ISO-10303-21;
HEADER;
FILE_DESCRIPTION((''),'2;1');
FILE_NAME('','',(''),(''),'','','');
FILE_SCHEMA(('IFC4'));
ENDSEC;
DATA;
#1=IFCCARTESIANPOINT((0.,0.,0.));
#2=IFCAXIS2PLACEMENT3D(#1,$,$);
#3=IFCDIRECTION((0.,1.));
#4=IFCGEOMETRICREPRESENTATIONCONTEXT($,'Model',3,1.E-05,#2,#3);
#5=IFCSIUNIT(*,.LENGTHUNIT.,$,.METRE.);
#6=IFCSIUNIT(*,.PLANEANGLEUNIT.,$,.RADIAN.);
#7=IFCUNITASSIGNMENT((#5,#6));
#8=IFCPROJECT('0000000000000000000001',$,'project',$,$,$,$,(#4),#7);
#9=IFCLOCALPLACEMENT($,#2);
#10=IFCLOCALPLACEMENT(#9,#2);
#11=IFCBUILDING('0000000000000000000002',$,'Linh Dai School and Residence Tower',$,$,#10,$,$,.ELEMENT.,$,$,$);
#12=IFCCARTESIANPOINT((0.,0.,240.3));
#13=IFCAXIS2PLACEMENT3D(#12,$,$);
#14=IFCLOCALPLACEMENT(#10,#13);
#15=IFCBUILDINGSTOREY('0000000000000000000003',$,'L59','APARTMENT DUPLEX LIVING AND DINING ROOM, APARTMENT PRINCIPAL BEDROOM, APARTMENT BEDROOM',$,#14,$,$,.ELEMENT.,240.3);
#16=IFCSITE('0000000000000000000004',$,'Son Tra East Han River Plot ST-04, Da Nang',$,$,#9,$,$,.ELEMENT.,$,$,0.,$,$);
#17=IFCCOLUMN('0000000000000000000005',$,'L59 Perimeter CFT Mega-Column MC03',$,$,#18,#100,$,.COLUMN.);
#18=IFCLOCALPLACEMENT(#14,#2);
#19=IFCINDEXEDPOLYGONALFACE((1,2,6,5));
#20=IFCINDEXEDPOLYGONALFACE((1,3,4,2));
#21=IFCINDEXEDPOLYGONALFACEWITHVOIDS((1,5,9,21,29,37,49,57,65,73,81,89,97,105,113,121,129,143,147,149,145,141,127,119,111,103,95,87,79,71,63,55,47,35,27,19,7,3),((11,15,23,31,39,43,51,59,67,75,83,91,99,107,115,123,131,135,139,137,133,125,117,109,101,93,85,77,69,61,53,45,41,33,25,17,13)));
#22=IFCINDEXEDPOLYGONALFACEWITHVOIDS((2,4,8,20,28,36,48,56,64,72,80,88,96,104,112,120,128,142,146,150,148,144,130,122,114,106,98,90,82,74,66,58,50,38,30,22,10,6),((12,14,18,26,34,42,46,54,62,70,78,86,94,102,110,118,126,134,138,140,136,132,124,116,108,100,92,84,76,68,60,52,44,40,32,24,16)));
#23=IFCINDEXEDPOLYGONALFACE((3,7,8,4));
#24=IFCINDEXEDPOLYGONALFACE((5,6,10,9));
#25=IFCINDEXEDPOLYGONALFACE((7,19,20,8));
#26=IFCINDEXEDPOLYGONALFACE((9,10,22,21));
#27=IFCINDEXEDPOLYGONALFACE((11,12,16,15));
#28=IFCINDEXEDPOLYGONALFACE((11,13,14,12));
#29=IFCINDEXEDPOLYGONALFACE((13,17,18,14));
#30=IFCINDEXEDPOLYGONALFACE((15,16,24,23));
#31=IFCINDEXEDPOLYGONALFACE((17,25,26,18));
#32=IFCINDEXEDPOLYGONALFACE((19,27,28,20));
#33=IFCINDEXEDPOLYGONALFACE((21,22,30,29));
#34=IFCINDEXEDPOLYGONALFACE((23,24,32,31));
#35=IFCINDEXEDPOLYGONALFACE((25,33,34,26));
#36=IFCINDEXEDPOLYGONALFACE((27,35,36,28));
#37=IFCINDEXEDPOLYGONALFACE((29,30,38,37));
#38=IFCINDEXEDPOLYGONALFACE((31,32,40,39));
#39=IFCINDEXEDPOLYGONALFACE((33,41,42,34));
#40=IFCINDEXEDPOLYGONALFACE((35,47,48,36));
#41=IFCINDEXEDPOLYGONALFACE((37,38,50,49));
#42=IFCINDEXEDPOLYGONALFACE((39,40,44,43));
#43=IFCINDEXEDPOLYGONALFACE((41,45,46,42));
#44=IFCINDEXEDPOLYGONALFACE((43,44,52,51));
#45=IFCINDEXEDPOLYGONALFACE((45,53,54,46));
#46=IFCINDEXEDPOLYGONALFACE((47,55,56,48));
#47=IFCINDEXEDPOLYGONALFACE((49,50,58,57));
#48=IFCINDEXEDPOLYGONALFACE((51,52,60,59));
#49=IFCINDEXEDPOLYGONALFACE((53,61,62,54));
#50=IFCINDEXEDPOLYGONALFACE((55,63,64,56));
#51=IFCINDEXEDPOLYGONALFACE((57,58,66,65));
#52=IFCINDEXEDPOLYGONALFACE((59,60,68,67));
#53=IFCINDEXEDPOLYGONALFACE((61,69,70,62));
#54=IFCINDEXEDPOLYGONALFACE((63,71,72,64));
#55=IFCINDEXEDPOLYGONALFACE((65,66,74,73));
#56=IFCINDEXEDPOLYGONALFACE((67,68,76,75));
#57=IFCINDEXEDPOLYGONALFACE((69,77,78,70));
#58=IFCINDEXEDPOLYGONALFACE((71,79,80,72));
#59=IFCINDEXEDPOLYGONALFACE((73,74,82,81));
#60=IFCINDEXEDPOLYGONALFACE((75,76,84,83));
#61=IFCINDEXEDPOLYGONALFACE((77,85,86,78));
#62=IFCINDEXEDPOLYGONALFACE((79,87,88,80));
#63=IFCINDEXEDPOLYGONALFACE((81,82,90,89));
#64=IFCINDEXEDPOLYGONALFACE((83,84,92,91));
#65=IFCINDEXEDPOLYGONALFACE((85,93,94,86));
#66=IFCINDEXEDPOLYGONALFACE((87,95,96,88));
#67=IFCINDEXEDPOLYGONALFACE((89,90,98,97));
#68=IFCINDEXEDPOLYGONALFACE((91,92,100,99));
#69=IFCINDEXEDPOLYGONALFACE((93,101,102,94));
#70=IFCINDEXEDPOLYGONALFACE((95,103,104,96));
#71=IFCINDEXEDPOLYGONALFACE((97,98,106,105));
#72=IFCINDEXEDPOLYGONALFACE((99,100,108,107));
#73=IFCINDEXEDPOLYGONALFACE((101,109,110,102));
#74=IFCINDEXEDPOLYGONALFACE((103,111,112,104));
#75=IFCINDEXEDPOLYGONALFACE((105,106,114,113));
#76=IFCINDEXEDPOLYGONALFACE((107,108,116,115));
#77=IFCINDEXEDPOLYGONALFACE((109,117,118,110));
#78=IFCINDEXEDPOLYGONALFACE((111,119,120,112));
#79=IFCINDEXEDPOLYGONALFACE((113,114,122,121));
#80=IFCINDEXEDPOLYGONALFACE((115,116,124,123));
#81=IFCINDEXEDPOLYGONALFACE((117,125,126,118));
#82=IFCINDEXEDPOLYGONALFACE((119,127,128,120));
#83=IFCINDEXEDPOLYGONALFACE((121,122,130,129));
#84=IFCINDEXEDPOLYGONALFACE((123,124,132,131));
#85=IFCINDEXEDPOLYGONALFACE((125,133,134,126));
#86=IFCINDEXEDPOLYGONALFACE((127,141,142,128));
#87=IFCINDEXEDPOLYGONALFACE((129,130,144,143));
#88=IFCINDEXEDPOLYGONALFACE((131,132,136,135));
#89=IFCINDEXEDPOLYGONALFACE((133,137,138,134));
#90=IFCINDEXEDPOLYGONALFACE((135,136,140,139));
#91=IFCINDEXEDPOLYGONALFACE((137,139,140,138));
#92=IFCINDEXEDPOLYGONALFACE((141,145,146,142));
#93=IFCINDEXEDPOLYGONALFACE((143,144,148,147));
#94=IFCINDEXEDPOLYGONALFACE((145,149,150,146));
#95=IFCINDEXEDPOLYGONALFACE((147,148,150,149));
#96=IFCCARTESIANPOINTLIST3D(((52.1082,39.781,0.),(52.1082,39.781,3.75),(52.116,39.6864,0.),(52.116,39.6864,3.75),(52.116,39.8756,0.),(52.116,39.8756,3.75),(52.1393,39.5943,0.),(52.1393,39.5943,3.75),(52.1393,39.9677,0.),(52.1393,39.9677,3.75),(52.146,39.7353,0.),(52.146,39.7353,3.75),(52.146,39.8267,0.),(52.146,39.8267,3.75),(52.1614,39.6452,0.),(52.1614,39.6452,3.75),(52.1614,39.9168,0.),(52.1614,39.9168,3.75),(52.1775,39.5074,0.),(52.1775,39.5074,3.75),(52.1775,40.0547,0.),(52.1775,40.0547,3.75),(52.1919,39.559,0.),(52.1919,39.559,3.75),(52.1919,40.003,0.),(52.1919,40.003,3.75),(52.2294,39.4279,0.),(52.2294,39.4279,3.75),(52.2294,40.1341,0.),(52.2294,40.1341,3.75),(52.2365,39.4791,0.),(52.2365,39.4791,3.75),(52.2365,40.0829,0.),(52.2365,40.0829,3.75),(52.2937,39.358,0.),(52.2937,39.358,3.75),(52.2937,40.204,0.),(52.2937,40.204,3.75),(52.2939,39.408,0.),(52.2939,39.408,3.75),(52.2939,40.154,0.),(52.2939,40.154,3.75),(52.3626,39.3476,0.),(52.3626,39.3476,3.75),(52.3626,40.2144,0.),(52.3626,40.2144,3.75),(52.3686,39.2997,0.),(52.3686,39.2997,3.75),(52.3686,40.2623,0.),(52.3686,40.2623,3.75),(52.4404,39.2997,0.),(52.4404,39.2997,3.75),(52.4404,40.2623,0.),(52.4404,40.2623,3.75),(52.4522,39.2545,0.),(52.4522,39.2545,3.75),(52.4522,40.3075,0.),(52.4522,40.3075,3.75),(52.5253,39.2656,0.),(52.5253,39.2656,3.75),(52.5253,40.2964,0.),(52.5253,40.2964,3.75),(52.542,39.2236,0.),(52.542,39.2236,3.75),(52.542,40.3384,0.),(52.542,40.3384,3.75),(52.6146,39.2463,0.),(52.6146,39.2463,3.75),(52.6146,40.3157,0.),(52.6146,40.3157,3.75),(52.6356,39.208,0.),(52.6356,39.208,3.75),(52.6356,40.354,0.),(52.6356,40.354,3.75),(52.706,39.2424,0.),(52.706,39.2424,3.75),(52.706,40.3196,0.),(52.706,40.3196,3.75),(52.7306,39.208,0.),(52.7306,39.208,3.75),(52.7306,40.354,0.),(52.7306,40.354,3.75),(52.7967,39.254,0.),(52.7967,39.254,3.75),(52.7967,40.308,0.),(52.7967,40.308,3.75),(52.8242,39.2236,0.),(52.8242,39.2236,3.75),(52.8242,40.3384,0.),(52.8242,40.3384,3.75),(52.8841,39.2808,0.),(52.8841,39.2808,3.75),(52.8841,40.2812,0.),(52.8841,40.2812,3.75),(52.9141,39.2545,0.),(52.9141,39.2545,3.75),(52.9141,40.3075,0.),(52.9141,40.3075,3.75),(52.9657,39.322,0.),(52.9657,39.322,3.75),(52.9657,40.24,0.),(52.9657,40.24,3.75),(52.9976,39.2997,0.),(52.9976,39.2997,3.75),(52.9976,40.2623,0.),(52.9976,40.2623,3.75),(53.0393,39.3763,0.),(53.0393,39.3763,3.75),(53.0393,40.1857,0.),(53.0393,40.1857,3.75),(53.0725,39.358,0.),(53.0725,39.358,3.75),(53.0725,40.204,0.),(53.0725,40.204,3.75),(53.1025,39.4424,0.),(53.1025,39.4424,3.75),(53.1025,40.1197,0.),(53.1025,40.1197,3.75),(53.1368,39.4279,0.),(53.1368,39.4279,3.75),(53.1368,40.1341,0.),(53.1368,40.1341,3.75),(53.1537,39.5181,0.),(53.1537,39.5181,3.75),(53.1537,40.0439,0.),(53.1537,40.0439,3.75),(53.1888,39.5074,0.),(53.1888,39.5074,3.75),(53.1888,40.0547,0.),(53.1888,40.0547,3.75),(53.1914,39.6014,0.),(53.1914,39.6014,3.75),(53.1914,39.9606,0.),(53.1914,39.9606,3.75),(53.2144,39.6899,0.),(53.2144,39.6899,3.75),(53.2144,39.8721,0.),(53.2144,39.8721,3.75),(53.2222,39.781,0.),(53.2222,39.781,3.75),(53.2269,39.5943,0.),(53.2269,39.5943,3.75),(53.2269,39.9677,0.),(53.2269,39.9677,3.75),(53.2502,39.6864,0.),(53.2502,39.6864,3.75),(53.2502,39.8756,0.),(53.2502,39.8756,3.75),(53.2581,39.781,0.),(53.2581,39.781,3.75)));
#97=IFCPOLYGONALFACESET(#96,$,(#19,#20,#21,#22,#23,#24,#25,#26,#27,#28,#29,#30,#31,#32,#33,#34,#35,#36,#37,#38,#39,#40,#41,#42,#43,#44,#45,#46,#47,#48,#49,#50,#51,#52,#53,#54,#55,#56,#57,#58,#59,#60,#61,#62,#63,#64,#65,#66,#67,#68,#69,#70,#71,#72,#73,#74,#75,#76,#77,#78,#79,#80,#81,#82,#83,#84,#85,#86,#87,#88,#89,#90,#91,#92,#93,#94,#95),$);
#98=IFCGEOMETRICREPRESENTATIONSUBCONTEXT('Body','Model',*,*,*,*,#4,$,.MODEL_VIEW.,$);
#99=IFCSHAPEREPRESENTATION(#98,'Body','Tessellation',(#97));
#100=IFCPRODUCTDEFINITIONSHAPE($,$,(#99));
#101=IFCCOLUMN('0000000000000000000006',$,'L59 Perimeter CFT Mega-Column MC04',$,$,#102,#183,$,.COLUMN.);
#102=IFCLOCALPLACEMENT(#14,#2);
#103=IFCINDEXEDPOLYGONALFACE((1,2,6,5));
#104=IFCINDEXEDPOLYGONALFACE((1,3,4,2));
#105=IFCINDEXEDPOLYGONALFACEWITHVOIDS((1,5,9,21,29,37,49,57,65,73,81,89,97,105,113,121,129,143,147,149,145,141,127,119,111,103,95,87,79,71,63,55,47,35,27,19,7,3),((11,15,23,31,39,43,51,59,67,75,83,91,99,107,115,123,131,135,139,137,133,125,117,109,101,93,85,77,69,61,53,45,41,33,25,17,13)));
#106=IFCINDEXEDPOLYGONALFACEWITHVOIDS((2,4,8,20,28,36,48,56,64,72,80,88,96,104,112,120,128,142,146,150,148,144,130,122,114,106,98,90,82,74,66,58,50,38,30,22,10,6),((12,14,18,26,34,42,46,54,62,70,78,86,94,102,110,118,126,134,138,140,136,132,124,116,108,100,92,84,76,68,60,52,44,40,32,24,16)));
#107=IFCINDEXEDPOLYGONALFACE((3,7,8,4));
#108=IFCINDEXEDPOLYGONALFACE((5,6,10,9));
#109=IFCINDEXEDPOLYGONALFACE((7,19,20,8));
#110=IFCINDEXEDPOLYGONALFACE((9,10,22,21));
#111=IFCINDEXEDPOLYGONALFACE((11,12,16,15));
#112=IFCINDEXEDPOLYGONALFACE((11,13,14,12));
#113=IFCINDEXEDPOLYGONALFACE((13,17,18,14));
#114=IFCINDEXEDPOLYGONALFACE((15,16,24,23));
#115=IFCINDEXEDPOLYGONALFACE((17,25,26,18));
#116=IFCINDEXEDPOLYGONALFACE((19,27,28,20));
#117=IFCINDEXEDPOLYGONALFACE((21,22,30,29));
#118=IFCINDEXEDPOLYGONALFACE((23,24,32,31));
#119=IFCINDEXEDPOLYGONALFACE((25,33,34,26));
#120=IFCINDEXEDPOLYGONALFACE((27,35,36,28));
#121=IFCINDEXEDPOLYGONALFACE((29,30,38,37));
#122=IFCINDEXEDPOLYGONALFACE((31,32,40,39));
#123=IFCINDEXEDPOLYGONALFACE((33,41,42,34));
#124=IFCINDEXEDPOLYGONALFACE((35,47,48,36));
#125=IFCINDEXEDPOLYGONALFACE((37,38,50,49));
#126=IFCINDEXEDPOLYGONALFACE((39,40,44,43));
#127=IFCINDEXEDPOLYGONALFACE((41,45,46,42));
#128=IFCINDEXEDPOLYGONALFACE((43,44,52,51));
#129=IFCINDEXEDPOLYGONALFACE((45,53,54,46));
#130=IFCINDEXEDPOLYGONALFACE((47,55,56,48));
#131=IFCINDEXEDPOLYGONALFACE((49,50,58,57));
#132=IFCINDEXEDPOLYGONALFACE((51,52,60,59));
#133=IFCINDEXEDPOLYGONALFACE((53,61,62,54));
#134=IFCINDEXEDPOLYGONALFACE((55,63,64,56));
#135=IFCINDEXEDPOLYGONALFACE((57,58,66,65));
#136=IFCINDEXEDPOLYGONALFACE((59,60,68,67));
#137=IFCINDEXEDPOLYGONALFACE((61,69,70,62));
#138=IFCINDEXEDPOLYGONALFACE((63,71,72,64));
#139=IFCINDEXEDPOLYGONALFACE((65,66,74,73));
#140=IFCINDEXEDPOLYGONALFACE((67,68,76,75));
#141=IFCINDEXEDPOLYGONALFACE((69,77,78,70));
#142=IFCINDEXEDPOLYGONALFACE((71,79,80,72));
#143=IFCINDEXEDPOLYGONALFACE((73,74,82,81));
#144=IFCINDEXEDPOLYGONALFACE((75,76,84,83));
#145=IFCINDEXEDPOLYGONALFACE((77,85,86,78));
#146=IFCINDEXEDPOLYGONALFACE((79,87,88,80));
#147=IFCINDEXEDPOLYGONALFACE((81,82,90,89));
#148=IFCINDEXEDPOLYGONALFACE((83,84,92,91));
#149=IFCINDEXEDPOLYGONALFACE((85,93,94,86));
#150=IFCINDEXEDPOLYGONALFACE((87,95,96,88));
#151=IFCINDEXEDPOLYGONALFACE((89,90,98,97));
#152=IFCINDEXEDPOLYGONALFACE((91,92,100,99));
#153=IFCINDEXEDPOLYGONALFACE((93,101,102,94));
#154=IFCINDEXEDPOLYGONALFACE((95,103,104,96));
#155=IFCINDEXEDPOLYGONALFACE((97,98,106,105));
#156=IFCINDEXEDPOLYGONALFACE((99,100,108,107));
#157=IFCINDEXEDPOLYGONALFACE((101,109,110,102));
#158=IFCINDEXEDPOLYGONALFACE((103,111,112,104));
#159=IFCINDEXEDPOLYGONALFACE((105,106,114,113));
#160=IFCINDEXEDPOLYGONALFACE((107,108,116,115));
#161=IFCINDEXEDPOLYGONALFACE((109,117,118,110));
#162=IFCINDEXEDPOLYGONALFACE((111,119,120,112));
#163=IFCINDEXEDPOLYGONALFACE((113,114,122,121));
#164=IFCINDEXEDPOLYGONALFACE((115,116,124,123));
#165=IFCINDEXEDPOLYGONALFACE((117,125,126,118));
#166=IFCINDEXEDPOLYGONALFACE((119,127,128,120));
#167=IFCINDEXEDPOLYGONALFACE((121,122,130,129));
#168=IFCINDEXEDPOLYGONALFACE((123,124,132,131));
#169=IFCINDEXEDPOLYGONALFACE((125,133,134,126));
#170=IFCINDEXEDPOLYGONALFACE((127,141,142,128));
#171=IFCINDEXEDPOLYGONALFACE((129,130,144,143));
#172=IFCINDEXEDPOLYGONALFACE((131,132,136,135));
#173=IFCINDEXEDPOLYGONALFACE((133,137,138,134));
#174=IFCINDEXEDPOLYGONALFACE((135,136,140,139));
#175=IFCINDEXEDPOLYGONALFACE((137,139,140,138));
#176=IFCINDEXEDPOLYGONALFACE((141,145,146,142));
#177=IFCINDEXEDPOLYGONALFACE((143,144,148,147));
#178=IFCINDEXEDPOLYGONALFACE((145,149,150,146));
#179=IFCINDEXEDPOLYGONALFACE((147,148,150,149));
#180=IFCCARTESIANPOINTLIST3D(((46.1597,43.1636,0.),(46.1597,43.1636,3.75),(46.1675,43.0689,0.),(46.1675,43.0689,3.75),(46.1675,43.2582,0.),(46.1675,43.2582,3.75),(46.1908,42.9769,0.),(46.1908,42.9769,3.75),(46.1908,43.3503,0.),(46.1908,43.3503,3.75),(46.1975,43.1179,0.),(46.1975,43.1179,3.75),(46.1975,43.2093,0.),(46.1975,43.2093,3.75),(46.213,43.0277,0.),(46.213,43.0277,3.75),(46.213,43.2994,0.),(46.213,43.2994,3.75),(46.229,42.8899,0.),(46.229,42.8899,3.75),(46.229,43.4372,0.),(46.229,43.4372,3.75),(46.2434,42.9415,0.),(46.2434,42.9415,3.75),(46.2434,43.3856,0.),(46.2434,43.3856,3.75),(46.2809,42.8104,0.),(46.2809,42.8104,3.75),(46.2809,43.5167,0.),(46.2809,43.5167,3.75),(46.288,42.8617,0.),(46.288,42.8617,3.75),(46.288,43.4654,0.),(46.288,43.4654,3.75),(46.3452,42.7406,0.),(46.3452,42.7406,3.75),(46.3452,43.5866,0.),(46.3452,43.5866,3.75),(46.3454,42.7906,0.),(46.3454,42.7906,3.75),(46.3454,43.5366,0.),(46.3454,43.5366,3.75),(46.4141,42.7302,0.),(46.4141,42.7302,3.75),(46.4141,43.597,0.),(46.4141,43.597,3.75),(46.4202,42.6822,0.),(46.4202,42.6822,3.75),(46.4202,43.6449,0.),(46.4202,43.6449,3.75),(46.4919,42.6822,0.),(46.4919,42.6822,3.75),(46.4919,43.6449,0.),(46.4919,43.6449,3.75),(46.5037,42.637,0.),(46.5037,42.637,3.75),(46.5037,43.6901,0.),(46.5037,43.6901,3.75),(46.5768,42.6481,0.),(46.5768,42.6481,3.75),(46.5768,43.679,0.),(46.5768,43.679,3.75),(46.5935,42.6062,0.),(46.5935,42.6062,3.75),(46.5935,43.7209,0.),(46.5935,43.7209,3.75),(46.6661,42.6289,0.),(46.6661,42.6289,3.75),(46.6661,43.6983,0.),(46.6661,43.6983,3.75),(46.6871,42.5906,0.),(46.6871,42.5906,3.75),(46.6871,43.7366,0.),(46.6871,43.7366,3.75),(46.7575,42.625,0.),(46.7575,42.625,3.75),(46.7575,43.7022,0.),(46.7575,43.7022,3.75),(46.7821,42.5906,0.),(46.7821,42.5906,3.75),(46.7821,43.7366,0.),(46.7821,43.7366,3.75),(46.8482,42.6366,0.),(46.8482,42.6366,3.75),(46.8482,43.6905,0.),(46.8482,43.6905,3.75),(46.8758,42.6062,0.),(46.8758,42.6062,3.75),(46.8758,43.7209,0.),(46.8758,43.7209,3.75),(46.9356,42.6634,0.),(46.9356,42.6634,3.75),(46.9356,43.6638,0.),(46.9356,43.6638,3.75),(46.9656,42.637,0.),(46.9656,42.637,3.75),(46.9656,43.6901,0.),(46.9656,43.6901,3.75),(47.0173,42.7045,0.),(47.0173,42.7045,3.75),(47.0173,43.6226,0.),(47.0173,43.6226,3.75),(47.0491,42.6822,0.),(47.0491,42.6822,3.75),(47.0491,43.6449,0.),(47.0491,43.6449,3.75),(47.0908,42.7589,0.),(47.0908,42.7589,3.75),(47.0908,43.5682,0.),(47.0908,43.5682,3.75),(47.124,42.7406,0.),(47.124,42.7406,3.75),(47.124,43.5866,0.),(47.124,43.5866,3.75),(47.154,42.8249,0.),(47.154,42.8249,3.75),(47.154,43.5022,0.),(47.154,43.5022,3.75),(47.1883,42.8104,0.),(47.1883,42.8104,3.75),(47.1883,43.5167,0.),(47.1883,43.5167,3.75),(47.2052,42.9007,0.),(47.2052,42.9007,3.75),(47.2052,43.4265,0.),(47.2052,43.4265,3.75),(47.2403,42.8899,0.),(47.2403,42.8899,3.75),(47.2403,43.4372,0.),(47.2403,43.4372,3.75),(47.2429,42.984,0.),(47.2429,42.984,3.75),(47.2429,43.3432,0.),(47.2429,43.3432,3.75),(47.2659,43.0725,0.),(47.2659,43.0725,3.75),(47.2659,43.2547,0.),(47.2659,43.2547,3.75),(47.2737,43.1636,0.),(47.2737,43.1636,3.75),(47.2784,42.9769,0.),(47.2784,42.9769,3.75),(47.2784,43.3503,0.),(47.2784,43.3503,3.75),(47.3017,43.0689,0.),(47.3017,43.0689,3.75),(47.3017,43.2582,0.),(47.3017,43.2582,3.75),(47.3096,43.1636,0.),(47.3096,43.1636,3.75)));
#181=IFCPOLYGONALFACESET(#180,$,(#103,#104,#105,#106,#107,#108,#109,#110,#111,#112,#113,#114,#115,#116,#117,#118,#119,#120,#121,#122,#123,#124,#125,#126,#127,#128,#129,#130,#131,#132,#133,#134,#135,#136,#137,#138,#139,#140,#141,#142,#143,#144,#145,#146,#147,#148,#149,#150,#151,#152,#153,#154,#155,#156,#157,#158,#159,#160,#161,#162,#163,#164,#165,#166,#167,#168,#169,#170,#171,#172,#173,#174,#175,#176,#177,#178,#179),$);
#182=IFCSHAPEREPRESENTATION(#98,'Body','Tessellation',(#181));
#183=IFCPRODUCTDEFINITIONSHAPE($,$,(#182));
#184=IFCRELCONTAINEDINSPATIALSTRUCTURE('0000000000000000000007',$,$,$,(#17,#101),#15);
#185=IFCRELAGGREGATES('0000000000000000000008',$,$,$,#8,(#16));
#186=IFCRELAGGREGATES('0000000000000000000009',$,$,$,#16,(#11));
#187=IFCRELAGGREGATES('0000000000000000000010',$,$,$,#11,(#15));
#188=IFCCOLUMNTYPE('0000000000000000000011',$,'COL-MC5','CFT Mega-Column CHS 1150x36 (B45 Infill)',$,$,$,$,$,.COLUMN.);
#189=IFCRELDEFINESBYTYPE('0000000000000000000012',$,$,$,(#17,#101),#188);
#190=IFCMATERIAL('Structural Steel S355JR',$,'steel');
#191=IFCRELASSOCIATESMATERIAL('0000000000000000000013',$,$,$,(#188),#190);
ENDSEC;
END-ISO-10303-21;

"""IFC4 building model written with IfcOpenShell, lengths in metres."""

from ifc_helpers import new_model, si_unit, direction, frame, origin, origin_2d, place, context, subcontext, project, spatial, hollow_circle, extrude, material, material_profile, profile_set, type_object, element, save


model = new_model("IFC4")

# Units and contexts
model_context = context("Model", 3, precision=1e-05, world=origin(), true_north=direction((0.0, 1.0)))
body_context = subcontext(model_context, "Body", "Model", "MODEL_VIEW")
ifc_project = project(units=[si_unit("LENGTHUNIT", "METRE"), si_unit("PLANEANGLEUNIT", "RADIAN")], contexts=[model_context])

# Site, building, storey
site_placement = place(None, origin())
site = spatial("IfcSite", under=ifc_project, at=site_placement, Name="Son Tra East Han River Plot ST-04, Da Nang", CompositionType="ELEMENT", RefElevation=0.0)
building_placement = place(site_placement, origin())
building = spatial("IfcBuilding", under=site, at=building_placement, Name="Linh Dai School and Residence Tower", CompositionType="ELEMENT")
storey_placement = place(building_placement, frame((0.0, 0.0, 240.3)))
storey = spatial("IfcBuildingStorey", under=building, at=storey_placement, Name="L59", Description="APARTMENT DUPLEX LIVING AND DINING ROOM, APARTMENT PRINCIPAL BEDROOM, APARTMENT BEDROOM", CompositionType="ELEMENT", Elevation=240.3)

# Columns
ifc_material_1 = material(Name="Structural Steel S355JR", Category="steel")
ifc_material_profile_1 = material_profile(ifc_material_1, hollow_circle(Radius=0.575, WallThickness=0.0359, at=origin_2d()), Name="CHS 1150x36")
ifc_profile_set_1 = profile_set([ifc_material_profile_1], Name="Structural Steel S355JR")
column_type = type_object("IfcColumnType", Name="COL-MC5", Description="CFT Mega-Column CHS 1150x36 (B45 Infill)", PredefinedType="COLUMN", material=ifc_profile_set_1)
for number, where, z_axis, x_axis, name in (
    (1, (52.6831, 39.781, 0.0), (0.0, 0.0, 1.0), (1.0, 0.0, 0.0), "L59 Perimeter CFT Mega-Column MC03"),
    (2, (46.7346, 43.1636, 0.0), (0.0, 0.0, 1.0), (1.0, 0.0, 0.0), "L59 Perimeter CFT Mega-Column MC04"),
):
    element("IfcColumn", number, at=place(storey_placement, frame(where, z_axis=z_axis, x_axis=x_axis)), inside=storey, type_object=column_type, Name=name, PredefinedType="COLUMN", context=body_context, shape_type="SweptSolid", body=[
        extrude(hollow_circle(Radius=0.575, WallThickness=0.0359, at=origin_2d()), origin(), (0.0, 0.0, 1.0), 3.75),
    ])

save(model, "model.ifc")
